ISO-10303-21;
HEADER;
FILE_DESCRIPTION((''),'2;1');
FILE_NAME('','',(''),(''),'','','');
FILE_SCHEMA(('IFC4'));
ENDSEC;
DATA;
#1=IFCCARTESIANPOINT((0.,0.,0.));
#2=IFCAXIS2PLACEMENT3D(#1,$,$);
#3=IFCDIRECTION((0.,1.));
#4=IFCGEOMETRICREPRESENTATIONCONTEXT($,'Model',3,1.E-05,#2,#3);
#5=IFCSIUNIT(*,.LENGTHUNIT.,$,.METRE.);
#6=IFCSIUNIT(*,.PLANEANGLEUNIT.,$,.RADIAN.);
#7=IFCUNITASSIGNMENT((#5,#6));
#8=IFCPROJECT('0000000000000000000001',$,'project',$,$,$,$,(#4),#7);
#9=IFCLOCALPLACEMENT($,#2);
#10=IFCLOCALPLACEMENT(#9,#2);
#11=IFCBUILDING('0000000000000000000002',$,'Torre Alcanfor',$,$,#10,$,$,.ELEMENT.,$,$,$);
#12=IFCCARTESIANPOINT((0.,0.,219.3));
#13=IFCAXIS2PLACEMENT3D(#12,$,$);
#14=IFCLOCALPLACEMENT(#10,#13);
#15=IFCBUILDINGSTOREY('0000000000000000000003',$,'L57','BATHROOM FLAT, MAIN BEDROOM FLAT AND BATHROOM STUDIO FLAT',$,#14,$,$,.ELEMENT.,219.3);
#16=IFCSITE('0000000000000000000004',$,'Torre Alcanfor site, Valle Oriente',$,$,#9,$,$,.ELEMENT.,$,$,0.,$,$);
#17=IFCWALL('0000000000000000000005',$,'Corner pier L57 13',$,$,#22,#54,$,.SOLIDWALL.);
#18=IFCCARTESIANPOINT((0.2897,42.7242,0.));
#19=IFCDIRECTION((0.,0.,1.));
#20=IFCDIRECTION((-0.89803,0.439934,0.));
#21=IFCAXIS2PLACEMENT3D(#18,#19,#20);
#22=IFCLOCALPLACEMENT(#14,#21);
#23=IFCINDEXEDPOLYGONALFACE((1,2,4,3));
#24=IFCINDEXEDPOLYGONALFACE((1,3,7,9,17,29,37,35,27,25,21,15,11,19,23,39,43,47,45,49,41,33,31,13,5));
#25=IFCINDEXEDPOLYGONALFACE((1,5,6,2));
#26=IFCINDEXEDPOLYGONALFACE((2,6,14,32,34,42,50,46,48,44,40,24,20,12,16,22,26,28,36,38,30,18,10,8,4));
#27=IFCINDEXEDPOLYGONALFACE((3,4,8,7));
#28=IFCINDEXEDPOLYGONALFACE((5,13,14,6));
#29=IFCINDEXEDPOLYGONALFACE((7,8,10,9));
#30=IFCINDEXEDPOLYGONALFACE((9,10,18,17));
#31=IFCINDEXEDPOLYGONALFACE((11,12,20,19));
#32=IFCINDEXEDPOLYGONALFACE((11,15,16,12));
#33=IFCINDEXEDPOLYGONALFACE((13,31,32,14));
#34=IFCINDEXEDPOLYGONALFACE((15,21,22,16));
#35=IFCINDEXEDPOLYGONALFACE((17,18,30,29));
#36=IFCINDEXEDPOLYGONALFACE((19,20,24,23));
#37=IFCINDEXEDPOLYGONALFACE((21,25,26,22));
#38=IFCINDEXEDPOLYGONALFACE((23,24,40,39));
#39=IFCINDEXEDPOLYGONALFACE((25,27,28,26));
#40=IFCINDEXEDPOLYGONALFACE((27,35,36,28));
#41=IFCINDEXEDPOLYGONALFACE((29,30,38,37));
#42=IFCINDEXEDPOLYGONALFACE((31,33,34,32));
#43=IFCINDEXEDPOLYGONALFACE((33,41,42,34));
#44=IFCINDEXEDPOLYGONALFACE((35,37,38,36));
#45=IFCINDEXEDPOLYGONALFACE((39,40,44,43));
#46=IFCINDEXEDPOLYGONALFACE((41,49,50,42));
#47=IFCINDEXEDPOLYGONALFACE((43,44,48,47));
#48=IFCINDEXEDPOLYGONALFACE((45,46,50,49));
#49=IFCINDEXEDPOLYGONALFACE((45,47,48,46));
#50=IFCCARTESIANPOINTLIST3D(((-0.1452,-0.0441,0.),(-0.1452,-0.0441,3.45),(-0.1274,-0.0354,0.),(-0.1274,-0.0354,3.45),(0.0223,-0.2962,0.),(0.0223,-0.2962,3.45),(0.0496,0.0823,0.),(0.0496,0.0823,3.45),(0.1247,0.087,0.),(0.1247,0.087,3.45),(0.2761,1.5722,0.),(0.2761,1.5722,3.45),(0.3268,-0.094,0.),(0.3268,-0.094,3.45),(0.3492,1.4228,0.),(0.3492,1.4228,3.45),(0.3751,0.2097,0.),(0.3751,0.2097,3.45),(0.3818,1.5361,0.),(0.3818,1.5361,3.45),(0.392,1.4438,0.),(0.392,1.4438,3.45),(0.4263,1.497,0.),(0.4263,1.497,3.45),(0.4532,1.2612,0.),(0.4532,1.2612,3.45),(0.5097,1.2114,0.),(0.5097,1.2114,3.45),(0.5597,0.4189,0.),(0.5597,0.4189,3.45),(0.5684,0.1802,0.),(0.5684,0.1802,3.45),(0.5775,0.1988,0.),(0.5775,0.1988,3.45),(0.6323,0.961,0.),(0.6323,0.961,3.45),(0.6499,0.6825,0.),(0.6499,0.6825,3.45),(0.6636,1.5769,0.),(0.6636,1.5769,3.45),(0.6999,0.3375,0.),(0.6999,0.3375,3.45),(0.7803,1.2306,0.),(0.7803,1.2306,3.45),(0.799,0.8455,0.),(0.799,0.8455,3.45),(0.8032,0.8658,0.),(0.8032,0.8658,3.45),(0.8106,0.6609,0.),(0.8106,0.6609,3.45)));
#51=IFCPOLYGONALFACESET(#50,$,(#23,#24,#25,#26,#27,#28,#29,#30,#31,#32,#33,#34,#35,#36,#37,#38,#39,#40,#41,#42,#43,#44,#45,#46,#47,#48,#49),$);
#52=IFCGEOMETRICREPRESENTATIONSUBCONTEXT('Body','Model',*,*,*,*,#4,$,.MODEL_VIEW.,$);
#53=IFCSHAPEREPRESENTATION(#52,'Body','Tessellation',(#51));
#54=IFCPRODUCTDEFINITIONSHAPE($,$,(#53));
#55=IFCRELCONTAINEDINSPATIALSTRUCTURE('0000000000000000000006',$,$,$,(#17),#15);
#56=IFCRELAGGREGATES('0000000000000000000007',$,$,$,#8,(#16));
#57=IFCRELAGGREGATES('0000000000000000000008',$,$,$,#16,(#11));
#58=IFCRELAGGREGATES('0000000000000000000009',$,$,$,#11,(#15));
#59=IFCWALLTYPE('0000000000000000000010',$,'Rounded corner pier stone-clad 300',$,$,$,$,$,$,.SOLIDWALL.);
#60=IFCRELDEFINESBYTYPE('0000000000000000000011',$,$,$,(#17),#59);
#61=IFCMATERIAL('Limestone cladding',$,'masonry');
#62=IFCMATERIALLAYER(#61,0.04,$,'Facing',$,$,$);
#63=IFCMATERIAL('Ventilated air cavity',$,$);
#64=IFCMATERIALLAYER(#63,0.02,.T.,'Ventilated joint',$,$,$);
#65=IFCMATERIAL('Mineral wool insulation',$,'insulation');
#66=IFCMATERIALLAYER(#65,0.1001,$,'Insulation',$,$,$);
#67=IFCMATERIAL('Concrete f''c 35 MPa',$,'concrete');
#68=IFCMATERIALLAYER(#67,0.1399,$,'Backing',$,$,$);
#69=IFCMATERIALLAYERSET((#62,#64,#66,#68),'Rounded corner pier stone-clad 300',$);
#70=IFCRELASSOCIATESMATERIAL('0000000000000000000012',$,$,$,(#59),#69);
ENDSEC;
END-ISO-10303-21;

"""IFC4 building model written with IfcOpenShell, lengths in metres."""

from ifc_helpers import new_model, si_unit, direction, frame, origin, place, context, subcontext, project, spatial, polyline, outline, extrude, material, layer, layer_set, type_object, element, save


model = new_model("IFC4")

# Units and contexts
model_context = context("Model", 3, precision=1e-05, world=origin(), true_north=direction((0.0, 1.0)))
body_context = subcontext(model_context, "Body", "Model", "MODEL_VIEW")
ifc_project = project(units=[si_unit("LENGTHUNIT", "METRE"), si_unit("PLANEANGLEUNIT", "RADIAN")], contexts=[model_context])

# Site, building, storey
site_placement = place(None, origin())
site = spatial("IfcSite", under=ifc_project, at=site_placement, Name="Torre Alcanfor site, Valle Oriente", CompositionType="ELEMENT", RefElevation=0.0)
building_placement = place(site_placement, origin())
building = spatial("IfcBuilding", under=site, at=building_placement, Name="Torre Alcanfor", CompositionType="ELEMENT")
storey_placement = place(building_placement, frame((0.0, 0.0, 219.3)))
storey = spatial("IfcBuildingStorey", under=building, at=storey_placement, Name="L57", Description="BATHROOM FLAT, MAIN BEDROOM FLAT AND BATHROOM STUDIO FLAT", CompositionType="ELEMENT", Elevation=219.3)

# Wall
ifc_material_1 = material(Name="Limestone cladding", Category="masonry")
ifc_layer_1 = layer(ifc_material_1, 0.04, Name="Facing")
ifc_material_2 = material(Name="Ventilated air cavity")
ifc_layer_2 = layer(ifc_material_2, 0.02, ventilated=True, Name="Ventilated joint")
ifc_material_3 = material(Name="Mineral wool insulation", Category="insulation")
ifc_layer_3 = layer(ifc_material_3, 0.1001, Name="Insulation")
ifc_material_4 = material(Name="Concrete f'c 35 MPa", Category="concrete")
ifc_layer_4 = layer(ifc_material_4, 0.1399, Name="Backing")
ifc_layer_set_1 = layer_set([ifc_layer_1, ifc_layer_2, ifc_layer_3, ifc_layer_4], Name="Rounded corner pier stone-clad 300")
wall_type_1 = type_object("IfcWallType", Name="Rounded corner pier stone-clad 300", PredefinedType="SOLIDWALL", material=ifc_layer_set_1)
wall_1_placement = place(storey_placement, frame((0.2897, 42.7242, 0.0), z_axis=(0.0, 0.0, 1.0), x_axis=(-0.89803, 0.439934, 0.0)))
element("IfcWall", 1, at=wall_1_placement, inside=storey, type_object=wall_type_1, Name="Corner pier L57 13", PredefinedType="SOLIDWALL", context=body_context, shape_type="SweptSolid", body=[
    extrude(outline(polyline([(-0.1452, -0.0441), (0.0223, -0.2962), (0.3268, -0.094), (0.5684, 0.1802), (0.5775, 0.1988), (0.6999, 0.3375), (0.8106, 0.6609), (0.799, 0.8455), (0.8032, 0.8658), (0.7803, 1.2306), (0.6636, 1.5769), (0.4263, 1.497), (0.3818, 1.5361), (0.2761, 1.5722), (0.3492, 1.4228), (0.392, 1.4438), (0.4532, 1.2612), (0.5097, 1.2114), (0.6323, 0.961), (0.6499, 0.6825), (0.5597, 0.4189), (0.3751, 0.2097), (0.1247, 0.087), (0.0496, 0.0823), (-0.1274, -0.0354), (-0.1452, -0.0441)])), origin(), (0.0, 0.0, 1.0), 3.45),
])

save(model, "model.ifc")
